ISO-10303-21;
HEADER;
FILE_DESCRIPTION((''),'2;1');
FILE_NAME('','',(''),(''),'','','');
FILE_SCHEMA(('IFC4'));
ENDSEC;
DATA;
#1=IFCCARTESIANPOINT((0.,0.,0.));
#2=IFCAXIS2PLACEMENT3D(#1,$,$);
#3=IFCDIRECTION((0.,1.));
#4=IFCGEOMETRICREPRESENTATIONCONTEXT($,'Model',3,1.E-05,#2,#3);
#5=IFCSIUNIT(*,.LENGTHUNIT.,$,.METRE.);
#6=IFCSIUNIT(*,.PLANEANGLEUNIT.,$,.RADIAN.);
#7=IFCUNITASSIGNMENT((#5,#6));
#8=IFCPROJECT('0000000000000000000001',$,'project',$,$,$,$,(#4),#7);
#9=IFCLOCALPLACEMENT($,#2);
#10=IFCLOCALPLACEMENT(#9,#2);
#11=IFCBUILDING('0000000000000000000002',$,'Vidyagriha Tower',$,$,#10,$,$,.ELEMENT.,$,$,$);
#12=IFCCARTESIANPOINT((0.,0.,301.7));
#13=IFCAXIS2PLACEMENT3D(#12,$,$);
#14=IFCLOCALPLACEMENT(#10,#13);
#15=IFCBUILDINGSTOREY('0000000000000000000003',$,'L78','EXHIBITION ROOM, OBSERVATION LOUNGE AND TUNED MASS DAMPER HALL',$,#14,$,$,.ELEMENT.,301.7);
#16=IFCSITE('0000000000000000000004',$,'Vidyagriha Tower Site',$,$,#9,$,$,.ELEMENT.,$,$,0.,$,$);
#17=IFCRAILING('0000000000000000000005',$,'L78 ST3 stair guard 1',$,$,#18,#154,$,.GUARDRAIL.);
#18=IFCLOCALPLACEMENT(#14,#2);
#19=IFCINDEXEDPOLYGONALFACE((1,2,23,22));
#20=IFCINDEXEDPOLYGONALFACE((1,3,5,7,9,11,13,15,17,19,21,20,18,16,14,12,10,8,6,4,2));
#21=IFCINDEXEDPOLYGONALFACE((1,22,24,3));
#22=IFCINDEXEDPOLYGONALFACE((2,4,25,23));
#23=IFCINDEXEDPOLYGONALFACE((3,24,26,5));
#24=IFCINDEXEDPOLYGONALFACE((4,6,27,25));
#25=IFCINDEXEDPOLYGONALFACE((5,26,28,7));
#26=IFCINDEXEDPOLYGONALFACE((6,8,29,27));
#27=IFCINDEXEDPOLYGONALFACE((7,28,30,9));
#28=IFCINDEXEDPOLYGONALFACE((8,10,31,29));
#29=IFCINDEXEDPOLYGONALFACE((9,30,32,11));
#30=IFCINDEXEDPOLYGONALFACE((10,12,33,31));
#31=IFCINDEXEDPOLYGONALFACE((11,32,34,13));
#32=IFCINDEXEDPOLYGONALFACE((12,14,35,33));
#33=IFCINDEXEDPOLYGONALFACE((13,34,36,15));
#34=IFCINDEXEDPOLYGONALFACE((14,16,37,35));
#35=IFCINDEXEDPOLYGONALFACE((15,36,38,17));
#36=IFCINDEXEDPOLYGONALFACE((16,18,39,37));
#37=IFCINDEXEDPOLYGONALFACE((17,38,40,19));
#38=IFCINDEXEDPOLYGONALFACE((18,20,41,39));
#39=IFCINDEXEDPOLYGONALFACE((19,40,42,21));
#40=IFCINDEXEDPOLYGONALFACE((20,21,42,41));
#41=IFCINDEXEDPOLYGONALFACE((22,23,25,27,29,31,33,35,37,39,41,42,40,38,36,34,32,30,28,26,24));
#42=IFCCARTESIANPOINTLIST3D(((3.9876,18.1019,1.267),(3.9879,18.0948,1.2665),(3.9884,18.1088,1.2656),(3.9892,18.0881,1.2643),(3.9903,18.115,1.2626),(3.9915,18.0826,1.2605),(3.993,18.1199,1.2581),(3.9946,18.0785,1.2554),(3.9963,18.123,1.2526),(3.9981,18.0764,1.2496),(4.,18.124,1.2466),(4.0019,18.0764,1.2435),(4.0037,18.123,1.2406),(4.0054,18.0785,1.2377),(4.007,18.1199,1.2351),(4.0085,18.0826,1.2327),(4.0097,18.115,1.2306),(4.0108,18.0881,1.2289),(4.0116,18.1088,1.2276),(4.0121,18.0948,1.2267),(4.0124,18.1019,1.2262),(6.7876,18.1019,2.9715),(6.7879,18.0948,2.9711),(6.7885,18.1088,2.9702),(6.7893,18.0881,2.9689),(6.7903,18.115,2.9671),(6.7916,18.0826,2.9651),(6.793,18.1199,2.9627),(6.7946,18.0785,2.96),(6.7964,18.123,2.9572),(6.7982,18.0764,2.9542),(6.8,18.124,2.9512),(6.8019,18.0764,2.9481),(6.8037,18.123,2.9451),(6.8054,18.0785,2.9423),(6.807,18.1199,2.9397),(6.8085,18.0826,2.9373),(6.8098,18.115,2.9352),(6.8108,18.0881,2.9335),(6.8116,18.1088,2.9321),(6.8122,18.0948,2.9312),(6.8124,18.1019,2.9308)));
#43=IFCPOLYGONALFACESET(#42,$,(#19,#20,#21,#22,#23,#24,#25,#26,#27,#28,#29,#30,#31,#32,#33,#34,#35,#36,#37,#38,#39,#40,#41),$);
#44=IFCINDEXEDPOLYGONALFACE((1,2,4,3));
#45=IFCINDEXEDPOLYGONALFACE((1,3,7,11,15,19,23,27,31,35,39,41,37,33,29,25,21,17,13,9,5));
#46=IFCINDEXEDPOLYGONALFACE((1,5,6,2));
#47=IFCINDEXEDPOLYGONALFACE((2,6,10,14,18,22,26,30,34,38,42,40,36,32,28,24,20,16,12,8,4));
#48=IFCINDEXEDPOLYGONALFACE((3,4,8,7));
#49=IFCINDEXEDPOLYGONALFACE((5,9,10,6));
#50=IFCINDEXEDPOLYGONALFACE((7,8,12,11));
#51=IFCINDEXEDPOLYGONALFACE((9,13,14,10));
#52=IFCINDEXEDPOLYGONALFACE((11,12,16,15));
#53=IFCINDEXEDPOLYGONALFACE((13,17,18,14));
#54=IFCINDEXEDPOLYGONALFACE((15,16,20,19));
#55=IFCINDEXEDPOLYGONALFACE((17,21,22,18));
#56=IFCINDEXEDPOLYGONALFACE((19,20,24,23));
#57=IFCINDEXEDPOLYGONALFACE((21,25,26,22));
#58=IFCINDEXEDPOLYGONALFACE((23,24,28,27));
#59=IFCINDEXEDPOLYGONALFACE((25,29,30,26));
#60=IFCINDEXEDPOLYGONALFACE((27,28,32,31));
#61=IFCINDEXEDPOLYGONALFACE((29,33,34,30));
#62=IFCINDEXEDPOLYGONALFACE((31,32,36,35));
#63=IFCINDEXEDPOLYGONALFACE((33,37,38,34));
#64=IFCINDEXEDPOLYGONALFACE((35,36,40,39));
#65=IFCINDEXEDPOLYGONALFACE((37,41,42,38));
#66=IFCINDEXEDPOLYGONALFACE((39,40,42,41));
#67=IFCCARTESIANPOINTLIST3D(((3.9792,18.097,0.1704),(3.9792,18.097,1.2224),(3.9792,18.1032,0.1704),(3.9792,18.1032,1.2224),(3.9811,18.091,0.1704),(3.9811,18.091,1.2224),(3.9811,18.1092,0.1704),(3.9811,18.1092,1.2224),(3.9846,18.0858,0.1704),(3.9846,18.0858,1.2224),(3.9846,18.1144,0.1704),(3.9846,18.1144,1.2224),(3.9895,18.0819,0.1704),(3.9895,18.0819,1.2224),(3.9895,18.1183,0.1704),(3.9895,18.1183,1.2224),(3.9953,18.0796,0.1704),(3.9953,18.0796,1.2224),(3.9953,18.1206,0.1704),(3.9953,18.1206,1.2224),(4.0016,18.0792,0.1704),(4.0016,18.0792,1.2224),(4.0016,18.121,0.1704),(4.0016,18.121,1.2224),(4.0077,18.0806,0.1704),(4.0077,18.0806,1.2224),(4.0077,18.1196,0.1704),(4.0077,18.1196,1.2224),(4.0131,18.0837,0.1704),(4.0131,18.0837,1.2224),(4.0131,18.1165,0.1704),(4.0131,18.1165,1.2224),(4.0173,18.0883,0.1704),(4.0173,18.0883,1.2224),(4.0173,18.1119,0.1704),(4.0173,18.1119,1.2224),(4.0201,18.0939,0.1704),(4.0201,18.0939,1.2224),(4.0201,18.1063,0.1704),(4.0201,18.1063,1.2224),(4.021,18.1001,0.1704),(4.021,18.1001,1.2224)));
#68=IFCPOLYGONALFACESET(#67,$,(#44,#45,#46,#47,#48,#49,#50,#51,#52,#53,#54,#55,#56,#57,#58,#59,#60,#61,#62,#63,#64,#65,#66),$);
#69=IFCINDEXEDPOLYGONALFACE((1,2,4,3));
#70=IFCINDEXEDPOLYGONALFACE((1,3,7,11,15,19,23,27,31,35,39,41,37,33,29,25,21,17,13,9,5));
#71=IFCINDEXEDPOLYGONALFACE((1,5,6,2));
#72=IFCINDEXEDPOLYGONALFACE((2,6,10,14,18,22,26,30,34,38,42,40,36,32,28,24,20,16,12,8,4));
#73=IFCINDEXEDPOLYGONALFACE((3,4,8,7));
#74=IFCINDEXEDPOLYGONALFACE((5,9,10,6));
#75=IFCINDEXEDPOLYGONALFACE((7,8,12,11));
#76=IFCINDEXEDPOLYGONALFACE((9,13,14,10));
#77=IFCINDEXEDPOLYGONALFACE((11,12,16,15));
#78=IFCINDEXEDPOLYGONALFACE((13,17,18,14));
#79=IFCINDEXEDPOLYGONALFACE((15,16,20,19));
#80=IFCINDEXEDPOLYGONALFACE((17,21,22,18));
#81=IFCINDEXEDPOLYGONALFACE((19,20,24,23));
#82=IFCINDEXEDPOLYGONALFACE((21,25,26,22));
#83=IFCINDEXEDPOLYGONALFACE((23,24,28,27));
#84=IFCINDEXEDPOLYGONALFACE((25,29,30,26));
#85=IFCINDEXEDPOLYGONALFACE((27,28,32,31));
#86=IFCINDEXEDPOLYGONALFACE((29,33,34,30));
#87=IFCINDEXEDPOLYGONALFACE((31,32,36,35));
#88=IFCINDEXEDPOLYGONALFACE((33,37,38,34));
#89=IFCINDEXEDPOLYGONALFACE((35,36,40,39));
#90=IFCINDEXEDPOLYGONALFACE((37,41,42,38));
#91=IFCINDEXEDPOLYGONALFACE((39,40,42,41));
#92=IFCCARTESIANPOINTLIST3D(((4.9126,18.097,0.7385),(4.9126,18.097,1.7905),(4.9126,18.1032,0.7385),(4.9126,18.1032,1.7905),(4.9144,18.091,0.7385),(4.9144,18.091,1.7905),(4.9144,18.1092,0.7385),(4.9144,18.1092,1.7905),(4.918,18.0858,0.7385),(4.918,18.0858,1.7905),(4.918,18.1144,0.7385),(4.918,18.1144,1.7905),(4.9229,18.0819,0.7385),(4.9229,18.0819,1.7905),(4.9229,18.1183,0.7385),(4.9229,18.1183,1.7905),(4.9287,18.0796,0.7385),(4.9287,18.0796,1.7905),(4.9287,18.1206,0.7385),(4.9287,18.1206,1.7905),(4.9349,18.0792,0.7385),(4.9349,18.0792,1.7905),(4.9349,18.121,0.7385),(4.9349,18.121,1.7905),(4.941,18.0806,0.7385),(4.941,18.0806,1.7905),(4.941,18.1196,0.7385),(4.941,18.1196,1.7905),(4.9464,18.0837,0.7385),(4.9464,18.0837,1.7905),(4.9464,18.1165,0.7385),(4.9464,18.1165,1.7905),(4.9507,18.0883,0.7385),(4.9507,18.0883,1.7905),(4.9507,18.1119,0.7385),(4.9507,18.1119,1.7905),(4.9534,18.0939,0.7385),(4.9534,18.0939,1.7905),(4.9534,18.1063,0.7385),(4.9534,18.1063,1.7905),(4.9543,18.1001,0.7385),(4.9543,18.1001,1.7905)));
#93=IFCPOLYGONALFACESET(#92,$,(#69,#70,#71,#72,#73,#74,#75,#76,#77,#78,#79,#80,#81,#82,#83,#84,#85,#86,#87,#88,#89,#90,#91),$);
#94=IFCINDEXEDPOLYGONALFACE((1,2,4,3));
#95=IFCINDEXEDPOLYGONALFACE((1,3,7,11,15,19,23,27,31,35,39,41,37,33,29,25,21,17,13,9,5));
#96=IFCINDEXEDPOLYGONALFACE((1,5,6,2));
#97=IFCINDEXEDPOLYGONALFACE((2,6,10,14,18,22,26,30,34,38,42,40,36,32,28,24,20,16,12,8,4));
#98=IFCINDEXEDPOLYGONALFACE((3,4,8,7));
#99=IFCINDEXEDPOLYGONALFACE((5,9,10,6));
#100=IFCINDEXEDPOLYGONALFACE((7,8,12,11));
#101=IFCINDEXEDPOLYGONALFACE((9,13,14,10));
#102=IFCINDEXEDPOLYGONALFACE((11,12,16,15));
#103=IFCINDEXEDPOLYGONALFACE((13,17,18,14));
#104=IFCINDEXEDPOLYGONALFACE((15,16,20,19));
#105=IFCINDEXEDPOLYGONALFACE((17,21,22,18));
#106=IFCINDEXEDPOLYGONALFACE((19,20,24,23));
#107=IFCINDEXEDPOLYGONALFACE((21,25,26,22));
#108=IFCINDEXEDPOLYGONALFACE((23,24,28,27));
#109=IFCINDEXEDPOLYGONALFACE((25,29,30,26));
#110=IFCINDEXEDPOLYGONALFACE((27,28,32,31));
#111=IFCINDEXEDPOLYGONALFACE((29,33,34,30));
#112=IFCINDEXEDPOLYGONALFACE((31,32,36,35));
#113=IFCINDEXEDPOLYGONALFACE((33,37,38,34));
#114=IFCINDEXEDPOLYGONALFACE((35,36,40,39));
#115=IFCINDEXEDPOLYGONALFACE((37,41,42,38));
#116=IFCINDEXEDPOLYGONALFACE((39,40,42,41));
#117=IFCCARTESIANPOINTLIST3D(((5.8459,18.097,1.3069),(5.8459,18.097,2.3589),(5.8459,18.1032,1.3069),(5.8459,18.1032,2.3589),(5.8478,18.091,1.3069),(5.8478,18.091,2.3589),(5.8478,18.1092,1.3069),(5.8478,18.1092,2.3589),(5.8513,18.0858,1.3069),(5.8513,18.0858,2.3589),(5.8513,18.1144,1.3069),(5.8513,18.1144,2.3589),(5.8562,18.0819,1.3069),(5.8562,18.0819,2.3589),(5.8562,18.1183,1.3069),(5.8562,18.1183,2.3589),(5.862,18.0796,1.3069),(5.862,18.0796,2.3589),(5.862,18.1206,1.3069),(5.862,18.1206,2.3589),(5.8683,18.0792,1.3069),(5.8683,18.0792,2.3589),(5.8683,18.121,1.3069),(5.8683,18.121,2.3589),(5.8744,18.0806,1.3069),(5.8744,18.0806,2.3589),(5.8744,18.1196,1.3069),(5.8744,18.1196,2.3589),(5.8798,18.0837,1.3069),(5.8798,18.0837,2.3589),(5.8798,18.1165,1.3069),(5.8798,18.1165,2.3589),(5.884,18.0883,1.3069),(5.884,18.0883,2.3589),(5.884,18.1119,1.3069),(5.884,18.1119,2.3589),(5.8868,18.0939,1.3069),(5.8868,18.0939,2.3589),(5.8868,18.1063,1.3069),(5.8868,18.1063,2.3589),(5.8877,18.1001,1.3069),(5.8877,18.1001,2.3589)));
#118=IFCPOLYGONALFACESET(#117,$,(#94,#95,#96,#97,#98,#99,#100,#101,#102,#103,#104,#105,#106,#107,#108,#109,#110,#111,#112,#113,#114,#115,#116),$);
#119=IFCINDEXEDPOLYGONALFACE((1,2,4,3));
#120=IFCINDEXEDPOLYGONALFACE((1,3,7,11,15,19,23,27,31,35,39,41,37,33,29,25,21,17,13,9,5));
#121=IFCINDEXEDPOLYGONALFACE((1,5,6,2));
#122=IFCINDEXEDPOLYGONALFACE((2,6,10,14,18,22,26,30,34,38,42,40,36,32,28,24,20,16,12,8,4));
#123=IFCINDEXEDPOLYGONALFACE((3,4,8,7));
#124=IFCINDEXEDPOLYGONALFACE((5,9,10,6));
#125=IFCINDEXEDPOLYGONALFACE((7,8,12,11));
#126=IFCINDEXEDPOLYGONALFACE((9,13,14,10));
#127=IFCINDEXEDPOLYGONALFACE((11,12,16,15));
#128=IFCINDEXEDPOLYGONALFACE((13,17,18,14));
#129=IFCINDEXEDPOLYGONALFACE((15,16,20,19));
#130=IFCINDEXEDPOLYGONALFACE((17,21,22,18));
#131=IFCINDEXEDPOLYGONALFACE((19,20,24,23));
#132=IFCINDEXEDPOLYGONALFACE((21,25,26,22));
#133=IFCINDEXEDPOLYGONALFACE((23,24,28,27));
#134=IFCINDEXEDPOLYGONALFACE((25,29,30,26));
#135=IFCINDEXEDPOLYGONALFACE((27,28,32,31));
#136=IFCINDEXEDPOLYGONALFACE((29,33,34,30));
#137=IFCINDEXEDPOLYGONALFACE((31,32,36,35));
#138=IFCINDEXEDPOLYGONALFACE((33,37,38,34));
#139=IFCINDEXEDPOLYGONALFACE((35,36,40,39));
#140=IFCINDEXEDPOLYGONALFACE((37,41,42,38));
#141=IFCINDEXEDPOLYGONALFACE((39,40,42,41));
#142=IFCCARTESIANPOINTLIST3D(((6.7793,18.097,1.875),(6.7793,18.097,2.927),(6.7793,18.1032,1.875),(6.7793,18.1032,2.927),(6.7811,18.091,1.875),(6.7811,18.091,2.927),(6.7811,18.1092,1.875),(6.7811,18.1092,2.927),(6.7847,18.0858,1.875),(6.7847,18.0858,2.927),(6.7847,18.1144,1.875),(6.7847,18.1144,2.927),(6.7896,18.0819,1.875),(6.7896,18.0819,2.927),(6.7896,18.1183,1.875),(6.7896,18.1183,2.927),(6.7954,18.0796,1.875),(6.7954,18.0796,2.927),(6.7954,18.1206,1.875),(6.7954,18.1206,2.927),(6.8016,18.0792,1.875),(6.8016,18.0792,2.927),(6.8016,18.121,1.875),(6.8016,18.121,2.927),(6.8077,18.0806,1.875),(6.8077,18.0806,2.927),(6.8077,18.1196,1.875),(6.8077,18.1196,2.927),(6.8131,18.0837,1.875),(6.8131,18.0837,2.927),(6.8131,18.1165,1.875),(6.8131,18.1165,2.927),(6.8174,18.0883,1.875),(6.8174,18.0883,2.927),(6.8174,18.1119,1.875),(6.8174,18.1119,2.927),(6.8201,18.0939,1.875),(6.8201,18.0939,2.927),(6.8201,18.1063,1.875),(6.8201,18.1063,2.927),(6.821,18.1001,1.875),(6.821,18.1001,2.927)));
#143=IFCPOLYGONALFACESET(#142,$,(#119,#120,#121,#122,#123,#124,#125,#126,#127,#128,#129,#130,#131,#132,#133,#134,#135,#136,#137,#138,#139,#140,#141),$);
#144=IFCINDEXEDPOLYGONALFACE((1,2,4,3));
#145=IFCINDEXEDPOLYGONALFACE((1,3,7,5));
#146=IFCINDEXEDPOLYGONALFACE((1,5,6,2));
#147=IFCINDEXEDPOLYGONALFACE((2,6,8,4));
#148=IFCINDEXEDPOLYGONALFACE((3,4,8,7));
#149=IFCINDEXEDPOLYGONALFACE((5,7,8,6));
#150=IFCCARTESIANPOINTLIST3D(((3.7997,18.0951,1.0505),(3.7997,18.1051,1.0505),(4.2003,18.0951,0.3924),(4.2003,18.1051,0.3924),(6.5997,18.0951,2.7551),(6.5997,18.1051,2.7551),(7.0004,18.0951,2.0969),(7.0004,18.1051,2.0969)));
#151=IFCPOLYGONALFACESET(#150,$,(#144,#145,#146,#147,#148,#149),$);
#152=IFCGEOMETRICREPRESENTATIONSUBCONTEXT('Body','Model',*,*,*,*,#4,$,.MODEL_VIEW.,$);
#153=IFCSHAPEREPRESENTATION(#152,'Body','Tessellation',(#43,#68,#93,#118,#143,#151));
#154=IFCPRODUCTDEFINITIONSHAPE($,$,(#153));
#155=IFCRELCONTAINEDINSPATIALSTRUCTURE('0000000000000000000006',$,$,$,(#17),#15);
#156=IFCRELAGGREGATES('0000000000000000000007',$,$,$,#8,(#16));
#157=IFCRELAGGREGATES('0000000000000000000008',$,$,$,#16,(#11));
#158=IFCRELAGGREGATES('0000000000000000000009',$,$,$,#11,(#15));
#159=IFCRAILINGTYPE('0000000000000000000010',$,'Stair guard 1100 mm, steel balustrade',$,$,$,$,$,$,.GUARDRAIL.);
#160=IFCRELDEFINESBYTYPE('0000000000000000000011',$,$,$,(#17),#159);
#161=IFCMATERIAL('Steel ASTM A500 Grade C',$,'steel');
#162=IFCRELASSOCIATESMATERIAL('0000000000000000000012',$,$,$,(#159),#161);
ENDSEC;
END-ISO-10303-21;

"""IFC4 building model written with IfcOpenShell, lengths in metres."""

from ifc_helpers import new_model, si_unit, direction, frame, origin, origin_2d, place, context, subcontext, project, spatial, rectangle, circle, extrude, material, type_object, element, save


model = new_model("IFC4")

# Units and contexts
model_context = context("Model", 3, precision=1e-05, world=origin(), true_north=direction((0.0, 1.0)))
body_context = subcontext(model_context, "Body", "Model", "MODEL_VIEW")
ifc_project = project(units=[si_unit("LENGTHUNIT", "METRE"), si_unit("PLANEANGLEUNIT", "RADIAN")], contexts=[model_context])

# Site, building, storey
site_placement = place(None, origin())
site = spatial("IfcSite", under=ifc_project, at=site_placement, Name="Vidyagriha Tower Site", CompositionType="ELEMENT", RefElevation=0.0)
building_placement = place(site_placement, origin())
building = spatial("IfcBuilding", under=site, at=building_placement, Name="Vidyagriha Tower", CompositionType="ELEMENT")
storey_placement = place(building_placement, frame((0.0, 0.0, 301.7)))
storey = spatial("IfcBuildingStorey", under=building, at=storey_placement, Name="L78", Description="EXHIBITION ROOM, OBSERVATION LOUNGE AND TUNED MASS DAMPER HALL", CompositionType="ELEMENT", Elevation=301.7)

# Railing
ifc_material_1 = material(Name="Steel ASTM A500 Grade C", Category="steel")
railing_type_1 = type_object("IfcRailingType", Name="Stair guard 1100 mm, steel balustrade", PredefinedType="GUARDRAIL", material=ifc_material_1)
railing_1_placement = place(storey_placement, frame((4.0, 18.1001, 0.1704)))
element("IfcRailing", 1, at=railing_1_placement, inside=storey, type_object=railing_type_1, Name="L78 ST3 stair guard 1", PredefinedType="GUARDRAIL", context=body_context, shape_type="SweptSolid", body=[
    extrude(circle(Radius=0.0239, at=origin_2d()), frame((0.0, 0.0, 1.0762), z_axis=(0.85417, 0.0, 0.519994), x_axis=(0.0, 1.0, 0.0)), (0.0, 0.0, 1.0), 3.2781),
    extrude(circle(Radius=0.021, at=origin_2d()), origin(), (0.0, 0.0, 1.0), 1.052),
    extrude(circle(Radius=0.021, at=origin_2d()), frame((0.9333, 0.0, 0.5681)), (0.0, 0.0, 1.0), 1.052),
    extrude(circle(Radius=0.021, at=origin_2d()), frame((1.8667, 0.0, 1.1365)), (0.0, 0.0, 1.0), 1.052),
    extrude(circle(Radius=0.021, at=origin_2d()), frame((2.8, 0.0, 1.7046)), (0.0, 0.0, 1.0), 1.052),
    extrude(rectangle(XDim=0.01, YDim=0.7705, at=origin_2d()), frame((0.0, 0.0, 0.551), z_axis=(0.85417, 0.0, 0.519994), x_axis=(0.0, 1.0, 0.0)), (0.0, 0.0, 1.0), 3.2781),
])

save(model, "model.ifc")
